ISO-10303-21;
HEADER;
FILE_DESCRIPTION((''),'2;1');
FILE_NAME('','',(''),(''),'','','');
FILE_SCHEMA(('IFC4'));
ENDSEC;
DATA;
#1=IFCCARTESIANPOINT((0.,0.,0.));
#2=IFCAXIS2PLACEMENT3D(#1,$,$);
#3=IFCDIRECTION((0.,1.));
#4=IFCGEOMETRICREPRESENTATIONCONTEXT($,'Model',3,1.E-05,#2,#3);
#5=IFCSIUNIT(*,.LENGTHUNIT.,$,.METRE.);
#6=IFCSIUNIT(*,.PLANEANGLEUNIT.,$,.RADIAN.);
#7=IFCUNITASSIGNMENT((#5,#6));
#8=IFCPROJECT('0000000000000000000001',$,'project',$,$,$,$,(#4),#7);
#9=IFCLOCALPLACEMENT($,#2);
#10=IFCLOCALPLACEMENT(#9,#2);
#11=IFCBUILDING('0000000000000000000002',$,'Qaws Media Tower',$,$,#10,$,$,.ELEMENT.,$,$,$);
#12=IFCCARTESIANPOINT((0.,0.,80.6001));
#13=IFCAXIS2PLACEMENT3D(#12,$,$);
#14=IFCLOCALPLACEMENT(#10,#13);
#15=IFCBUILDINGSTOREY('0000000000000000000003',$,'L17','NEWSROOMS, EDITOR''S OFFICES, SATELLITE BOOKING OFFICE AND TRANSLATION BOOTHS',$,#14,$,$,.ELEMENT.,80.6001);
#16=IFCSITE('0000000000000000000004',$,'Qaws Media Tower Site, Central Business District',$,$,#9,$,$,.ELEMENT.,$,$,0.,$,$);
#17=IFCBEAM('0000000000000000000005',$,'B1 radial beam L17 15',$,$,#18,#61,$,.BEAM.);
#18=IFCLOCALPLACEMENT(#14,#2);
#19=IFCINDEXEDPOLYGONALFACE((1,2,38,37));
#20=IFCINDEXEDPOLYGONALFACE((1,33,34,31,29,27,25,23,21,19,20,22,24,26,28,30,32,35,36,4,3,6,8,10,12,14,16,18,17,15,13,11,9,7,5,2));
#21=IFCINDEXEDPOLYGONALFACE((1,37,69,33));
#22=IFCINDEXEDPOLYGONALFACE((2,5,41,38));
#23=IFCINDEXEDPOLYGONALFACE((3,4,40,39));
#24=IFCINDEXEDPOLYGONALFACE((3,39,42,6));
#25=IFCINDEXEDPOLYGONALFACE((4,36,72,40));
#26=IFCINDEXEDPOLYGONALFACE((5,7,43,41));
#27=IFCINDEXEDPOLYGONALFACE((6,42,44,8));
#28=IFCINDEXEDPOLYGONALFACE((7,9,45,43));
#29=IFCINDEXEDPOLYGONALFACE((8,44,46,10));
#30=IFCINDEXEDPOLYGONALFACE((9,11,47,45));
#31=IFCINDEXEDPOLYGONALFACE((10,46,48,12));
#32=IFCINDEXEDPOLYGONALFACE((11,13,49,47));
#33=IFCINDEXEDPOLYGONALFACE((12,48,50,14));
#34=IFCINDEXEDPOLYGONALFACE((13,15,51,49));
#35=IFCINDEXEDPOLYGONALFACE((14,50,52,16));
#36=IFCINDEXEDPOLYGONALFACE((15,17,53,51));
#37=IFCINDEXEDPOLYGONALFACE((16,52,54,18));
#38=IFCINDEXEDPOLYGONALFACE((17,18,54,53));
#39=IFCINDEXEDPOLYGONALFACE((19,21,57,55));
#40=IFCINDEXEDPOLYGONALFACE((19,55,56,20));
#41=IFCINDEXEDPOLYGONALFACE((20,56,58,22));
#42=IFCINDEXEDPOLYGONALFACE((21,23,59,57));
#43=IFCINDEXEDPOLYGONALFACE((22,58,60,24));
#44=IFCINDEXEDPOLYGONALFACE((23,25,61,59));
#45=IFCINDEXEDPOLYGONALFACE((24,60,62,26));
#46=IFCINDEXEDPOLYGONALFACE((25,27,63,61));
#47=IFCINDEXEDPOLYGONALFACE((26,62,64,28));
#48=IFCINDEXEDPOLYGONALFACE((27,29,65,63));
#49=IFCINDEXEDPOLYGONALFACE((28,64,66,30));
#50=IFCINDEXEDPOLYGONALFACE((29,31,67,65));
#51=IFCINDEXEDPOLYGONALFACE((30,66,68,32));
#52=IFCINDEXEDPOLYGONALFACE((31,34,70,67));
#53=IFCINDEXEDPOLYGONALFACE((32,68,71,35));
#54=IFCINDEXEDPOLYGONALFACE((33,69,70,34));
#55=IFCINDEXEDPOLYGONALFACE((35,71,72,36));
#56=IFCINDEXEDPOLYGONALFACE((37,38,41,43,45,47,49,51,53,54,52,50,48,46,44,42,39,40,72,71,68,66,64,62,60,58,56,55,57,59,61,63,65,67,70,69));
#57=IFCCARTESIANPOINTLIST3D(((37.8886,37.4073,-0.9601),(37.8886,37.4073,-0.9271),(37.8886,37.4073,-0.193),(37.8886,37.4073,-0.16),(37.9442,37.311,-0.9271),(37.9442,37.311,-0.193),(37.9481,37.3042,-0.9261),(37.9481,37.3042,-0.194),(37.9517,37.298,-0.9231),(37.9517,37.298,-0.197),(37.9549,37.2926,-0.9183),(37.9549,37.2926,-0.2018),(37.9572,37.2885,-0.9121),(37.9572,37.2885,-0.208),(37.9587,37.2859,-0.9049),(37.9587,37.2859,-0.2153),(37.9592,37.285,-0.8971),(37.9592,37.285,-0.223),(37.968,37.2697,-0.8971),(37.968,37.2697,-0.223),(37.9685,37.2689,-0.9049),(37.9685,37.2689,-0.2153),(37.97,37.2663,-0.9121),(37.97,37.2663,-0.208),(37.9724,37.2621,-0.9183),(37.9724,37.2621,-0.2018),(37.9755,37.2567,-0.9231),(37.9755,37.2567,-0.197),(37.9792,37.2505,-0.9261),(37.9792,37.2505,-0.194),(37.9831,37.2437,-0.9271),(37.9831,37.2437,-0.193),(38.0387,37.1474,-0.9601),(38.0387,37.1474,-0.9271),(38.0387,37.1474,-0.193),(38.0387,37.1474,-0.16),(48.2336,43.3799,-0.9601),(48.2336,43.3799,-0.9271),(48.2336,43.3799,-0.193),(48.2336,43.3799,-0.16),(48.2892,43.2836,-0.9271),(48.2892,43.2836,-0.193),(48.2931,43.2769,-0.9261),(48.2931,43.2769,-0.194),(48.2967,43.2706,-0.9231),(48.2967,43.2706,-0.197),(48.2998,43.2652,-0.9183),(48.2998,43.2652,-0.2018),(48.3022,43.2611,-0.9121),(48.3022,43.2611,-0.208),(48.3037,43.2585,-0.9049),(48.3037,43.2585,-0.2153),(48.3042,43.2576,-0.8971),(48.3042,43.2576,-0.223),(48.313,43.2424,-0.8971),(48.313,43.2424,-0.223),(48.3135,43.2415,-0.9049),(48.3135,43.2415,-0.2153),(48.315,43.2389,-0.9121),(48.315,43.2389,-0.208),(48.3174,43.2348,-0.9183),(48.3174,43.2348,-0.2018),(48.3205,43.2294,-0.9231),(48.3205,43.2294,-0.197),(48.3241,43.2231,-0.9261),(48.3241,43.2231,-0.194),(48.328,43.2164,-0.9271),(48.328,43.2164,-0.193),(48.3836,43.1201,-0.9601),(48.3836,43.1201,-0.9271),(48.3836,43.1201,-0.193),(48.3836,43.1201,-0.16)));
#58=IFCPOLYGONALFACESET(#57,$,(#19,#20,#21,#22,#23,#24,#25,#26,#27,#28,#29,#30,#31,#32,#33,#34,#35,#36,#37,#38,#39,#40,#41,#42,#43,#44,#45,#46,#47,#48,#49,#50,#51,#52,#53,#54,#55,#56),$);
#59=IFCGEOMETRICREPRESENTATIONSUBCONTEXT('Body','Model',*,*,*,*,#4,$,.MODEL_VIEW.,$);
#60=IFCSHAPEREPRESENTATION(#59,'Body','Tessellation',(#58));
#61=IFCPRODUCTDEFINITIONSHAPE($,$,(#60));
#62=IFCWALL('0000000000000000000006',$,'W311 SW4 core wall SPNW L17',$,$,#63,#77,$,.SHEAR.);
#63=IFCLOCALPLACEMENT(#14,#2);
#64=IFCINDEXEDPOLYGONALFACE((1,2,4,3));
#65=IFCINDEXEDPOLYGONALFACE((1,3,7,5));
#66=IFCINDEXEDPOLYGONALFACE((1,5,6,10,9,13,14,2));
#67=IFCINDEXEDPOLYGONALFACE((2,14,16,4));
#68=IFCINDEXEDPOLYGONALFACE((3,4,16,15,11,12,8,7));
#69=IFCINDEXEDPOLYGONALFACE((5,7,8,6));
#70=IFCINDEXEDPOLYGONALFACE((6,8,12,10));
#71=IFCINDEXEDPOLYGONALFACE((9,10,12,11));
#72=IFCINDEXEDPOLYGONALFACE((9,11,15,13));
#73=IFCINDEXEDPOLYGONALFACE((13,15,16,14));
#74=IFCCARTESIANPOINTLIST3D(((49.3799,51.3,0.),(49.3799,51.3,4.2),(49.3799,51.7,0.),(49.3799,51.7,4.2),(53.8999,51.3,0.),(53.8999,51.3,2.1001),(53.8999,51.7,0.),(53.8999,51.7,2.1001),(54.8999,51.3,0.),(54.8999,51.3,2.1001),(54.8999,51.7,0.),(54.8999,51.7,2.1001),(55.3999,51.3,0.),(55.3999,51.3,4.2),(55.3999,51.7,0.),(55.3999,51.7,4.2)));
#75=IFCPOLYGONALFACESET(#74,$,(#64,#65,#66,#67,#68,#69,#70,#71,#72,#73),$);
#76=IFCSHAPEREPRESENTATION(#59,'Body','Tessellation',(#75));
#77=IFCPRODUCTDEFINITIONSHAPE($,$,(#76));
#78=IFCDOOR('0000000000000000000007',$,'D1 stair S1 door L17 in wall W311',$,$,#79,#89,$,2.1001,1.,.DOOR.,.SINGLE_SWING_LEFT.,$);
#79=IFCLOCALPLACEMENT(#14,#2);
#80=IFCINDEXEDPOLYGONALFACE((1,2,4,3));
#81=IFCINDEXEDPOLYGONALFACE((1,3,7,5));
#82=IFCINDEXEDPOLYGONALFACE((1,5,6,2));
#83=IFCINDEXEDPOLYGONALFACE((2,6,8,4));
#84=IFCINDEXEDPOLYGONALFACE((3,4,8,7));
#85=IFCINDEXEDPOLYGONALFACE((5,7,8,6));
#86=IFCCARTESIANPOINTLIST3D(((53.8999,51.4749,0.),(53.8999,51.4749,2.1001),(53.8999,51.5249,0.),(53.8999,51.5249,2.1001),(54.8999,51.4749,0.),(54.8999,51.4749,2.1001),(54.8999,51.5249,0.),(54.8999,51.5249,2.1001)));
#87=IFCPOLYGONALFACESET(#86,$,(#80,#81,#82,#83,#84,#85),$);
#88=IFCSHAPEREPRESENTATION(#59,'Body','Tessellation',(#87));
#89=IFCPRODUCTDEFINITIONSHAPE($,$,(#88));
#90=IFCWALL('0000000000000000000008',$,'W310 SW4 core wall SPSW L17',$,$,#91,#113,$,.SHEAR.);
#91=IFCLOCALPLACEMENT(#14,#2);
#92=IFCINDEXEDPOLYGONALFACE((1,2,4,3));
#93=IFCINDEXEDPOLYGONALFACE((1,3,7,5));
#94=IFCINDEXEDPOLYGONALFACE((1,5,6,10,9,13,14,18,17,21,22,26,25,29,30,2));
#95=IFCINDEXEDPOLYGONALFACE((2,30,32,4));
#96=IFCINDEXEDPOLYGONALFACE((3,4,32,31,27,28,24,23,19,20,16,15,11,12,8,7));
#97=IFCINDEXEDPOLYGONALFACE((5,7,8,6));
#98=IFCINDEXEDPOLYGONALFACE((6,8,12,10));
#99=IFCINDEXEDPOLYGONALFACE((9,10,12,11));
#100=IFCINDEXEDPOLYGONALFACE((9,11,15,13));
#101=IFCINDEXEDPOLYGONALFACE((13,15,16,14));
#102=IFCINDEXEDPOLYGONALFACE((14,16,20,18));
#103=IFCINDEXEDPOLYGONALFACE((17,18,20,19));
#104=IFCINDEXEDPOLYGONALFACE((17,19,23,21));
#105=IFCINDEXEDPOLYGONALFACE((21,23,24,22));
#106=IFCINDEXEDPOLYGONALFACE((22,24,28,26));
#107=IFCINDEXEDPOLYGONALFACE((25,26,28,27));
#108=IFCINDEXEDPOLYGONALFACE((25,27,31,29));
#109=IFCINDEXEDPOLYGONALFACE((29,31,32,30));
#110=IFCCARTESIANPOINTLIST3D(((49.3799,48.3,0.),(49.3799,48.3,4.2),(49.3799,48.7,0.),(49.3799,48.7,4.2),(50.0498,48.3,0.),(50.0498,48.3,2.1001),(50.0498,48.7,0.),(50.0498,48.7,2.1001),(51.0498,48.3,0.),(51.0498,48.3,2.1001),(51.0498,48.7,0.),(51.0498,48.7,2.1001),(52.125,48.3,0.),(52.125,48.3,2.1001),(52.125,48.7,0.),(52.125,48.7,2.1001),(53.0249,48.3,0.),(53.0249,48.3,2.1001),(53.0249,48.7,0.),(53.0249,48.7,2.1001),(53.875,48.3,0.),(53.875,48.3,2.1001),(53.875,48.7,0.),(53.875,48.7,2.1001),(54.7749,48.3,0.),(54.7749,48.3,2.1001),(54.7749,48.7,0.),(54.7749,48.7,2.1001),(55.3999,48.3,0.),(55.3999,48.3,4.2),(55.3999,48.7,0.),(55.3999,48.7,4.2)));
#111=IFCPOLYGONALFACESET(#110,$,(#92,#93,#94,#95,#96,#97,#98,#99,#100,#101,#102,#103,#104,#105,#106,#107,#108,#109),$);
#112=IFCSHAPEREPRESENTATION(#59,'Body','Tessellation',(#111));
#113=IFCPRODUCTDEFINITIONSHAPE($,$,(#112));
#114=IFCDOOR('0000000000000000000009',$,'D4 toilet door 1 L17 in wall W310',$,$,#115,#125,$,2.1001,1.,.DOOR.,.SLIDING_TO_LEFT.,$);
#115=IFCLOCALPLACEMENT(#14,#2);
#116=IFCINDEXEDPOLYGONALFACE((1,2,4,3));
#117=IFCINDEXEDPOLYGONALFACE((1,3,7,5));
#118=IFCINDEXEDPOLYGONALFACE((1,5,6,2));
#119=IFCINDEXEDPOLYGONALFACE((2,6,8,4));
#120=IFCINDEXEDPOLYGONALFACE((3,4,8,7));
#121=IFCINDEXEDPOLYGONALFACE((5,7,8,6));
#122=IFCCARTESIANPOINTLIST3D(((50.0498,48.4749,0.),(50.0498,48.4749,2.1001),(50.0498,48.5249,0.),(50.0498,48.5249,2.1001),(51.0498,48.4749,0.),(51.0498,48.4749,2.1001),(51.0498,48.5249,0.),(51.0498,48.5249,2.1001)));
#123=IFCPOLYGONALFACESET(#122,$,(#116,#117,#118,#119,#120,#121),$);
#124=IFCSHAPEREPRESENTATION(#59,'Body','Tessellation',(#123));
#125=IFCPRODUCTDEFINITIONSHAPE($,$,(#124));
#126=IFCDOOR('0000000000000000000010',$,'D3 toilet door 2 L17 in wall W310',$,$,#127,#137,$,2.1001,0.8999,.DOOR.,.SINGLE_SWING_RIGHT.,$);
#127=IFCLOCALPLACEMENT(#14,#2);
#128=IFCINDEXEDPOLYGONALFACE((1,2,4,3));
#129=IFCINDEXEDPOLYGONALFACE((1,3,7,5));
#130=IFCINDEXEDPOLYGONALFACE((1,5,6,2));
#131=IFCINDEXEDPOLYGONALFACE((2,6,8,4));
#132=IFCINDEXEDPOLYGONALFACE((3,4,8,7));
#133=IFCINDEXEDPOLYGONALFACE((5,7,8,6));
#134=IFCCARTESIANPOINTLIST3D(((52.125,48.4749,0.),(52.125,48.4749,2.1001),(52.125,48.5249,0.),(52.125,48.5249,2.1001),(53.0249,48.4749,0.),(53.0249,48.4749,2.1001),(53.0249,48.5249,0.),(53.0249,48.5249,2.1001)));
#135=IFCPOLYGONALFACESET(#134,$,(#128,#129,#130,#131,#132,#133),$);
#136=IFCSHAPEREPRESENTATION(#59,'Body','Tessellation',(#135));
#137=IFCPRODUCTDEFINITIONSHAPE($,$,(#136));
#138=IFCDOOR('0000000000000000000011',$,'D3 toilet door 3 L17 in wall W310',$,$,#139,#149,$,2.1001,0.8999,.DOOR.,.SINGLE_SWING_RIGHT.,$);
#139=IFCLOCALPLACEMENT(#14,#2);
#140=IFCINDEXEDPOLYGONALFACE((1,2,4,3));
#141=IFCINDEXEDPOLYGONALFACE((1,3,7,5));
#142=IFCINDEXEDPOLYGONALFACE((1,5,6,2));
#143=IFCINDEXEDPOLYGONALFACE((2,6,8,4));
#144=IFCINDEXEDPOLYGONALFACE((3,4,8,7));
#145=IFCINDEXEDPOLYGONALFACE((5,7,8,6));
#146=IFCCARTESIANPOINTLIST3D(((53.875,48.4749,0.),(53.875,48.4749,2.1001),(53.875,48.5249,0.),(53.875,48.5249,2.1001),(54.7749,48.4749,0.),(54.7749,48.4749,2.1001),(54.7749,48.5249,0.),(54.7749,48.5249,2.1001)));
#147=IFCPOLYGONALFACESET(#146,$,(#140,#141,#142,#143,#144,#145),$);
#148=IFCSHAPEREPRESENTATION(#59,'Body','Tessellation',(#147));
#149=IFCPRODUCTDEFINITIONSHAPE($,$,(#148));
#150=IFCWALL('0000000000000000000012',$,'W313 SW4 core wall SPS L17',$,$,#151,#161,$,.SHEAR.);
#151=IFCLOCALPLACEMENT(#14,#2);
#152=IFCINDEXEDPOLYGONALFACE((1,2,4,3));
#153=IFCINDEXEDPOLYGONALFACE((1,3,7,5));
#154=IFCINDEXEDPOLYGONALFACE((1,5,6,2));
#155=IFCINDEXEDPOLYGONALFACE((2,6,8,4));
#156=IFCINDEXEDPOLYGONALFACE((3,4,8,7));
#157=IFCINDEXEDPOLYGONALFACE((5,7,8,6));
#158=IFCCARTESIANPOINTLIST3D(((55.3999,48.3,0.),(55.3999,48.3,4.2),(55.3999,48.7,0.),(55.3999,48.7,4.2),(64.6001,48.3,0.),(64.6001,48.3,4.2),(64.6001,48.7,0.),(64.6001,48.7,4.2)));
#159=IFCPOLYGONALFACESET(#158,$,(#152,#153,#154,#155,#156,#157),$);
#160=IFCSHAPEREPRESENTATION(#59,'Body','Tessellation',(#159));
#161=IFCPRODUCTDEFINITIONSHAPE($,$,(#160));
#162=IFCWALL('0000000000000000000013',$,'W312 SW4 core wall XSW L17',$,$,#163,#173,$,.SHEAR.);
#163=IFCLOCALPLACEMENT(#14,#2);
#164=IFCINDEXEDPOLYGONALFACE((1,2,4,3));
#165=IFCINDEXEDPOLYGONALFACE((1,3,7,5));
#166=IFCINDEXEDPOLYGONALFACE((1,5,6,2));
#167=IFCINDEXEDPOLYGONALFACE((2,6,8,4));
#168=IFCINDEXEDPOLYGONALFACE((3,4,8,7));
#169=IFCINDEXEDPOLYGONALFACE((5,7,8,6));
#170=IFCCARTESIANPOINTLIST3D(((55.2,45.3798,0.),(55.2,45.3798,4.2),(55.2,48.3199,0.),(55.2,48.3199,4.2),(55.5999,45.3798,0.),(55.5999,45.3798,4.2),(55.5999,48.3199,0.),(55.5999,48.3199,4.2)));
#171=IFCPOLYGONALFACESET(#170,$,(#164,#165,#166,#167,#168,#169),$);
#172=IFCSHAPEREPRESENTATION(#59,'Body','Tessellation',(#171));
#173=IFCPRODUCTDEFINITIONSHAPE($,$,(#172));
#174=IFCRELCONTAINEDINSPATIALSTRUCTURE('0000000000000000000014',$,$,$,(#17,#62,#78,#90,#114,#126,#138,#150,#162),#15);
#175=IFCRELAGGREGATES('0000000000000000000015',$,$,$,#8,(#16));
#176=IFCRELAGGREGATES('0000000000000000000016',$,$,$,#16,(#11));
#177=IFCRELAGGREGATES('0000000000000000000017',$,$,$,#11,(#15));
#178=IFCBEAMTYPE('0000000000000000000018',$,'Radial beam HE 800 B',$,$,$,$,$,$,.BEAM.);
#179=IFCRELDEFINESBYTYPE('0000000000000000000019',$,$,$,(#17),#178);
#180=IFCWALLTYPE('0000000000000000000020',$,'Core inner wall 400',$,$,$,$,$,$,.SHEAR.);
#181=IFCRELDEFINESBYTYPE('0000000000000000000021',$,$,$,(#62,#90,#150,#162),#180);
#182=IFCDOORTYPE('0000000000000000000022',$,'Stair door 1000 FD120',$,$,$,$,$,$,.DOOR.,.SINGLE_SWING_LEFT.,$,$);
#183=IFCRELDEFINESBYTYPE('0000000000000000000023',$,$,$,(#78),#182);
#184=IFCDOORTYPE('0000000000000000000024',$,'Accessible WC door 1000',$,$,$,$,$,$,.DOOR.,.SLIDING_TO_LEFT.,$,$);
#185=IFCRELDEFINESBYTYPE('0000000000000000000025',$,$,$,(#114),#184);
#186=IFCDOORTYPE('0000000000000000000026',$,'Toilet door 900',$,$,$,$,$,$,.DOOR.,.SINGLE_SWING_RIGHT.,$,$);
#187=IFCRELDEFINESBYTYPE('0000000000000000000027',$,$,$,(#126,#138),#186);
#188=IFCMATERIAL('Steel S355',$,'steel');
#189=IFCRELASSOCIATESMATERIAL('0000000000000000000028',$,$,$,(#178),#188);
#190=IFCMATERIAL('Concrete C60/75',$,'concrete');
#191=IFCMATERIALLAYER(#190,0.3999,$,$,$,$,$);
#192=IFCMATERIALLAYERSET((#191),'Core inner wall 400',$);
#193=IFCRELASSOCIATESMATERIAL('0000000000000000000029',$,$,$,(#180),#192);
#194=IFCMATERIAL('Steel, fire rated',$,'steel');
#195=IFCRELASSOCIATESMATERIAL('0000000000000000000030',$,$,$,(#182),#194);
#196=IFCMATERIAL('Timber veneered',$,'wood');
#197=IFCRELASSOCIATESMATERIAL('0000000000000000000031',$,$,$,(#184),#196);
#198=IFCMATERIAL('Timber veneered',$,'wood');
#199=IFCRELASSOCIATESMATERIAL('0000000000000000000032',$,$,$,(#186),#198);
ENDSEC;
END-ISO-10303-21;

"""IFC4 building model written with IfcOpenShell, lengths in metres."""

from ifc_helpers import new_model, si_unit, direction, frame, frame_2d, origin, origin_2d, place, context, subcontext, project, spatial, rectangle, i_section, extrude, material, layer, layer_set, material_profile, profile_set, type_object, element, fill, save


model = new_model("IFC4")

# Units and contexts
model_context = context("Model", 3, precision=1e-05, world=origin(), true_north=direction((0.0, 1.0)))
body_context = subcontext(model_context, "Body", "Model", "MODEL_VIEW")
ifc_project = project(units=[si_unit("LENGTHUNIT", "METRE"), si_unit("PLANEANGLEUNIT", "RADIAN")], contexts=[model_context])

# Site, building, storey
site_placement = place(None, origin())
site = spatial("IfcSite", under=ifc_project, at=site_placement, Name="Qaws Media Tower Site, Central Business District", CompositionType="ELEMENT", RefElevation=0.0)
building_placement = place(site_placement, origin())
building = spatial("IfcBuilding", under=site, at=building_placement, Name="Qaws Media Tower", CompositionType="ELEMENT")
storey_placement = place(building_placement, frame((0.0, 0.0, 80.6001)))
storey = spatial("IfcBuildingStorey", under=building, at=storey_placement, Name="L17", Description="NEWSROOMS, EDITOR'S OFFICES, SATELLITE BOOKING OFFICE AND TRANSLATION BOOTHS", CompositionType="ELEMENT", Elevation=80.6001)

# Beam
ifc_material_1 = material(Name="Steel S355", Category="steel")
ifc_material_profile_1 = material_profile(ifc_material_1, i_section(OverallWidth=0.3, OverallDepth=0.8, WebThickness=0.0176, FlangeThickness=0.033, FilletRadius=0.03, at=origin_2d()), Name="HE 800 B")
ifc_profile_set_1 = profile_set([ifc_material_profile_1], Name="Steel S355")
beam_type_1 = type_object("IfcBeamType", Name="Radial beam HE 800 B", PredefinedType="BEAM", material=ifc_profile_set_1)
beam_1_placement = place(storey_placement, frame((48.3086, 43.25, -0.5601), z_axis=(-0.866026, -0.499999, 0.0), x_axis=(0.499999, -0.866026, 0.0)))
element("IfcBeam", 1, at=beam_1_placement, inside=storey, type_object=beam_type_1, Name="B1 radial beam L17 15", PredefinedType="BEAM", context=body_context, shape_type="SweptSolid", body=[
    extrude(i_section(OverallWidth=0.3, OverallDepth=0.8, WebThickness=0.0176, FlangeThickness=0.033, FilletRadius=0.03, at=origin_2d()), origin(), (0.0, 0.0, 1.0), 11.9453),
])

# Wall, opening, door
ifc_material_2 = material(Name="Concrete C60/75", Category="concrete")
ifc_layer_1 = layer(ifc_material_2, 0.3999)
ifc_layer_set_1 = layer_set([ifc_layer_1], Name="Core inner wall 400")
wall_type_1 = type_object("IfcWallType", Name="Core inner wall 400", PredefinedType="SHEAR", material=ifc_layer_set_1)
wall_1_placement = place(storey_placement, frame((49.3799, 51.5, 0.0), z_axis=(0.0, 0.0, 1.0), x_axis=(1.0, 0.0, 0.0)))
wall_1 = element("IfcWall", 2, at=wall_1_placement, inside=storey, type_object=wall_type_1, Name="W311 SW4 core wall SPNW L17", PredefinedType="SHEAR", context=body_context, shape_type="SweptSolid", body=[
    extrude(rectangle(XDim=6.02, YDim=0.3999, at=frame_2d((3.01, 0.0))), origin(), (0.0, 0.0, 1.0), 4.2),
])
opening_1_placement = place(wall_1_placement, frame((4.52, 0.0, 0.0)))
opening_1 = element("IfcOpeningElement", 3, at=opening_1_placement, cuts=wall_1, PredefinedType="OPENING", context=body_context, shape_type="SweptSolid", body=[
    extrude(rectangle(XDim=1.0, YDim=2.1001, at=frame_2d((0.5, 1.05))), frame((0.0, 0.21, 0.0), z_axis=(0.0, -1.0, 0.0), x_axis=(1.0, 0.0, 0.0)), (0.0, 0.0, 1.0), 0.4199),
])
ifc_material_3 = material(Name="Steel, fire rated", Category="steel")
door_type_1 = type_object("IfcDoorType", Name="Stair door 1000 FD120", OperationType="SINGLE_SWING_LEFT", PredefinedType="DOOR", material=ifc_material_3)
door_1_placement = place(opening_1_placement, origin())
door_1 = element("IfcDoor", 4, at=door_1_placement, inside=storey, type_object=door_type_1, Name="D1 stair S1 door L17 in wall W311", OperationType="SINGLE_SWING_LEFT", OverallHeight=2.1001, OverallWidth=1.0, PredefinedType="DOOR", context=body_context, shape_type="SweptSolid", body=[
    extrude(rectangle(XDim=1.0, YDim=2.1001, at=frame_2d((0.5, 1.05))), frame((0.0, 0.0249, 0.0), z_axis=(0.0, -1.0, 0.0), x_axis=(1.0, 0.0, 0.0)), (0.0, 0.0, 1.0), 0.05),
])
fill(opening_1, door_1)

# Wall, openings, doors
wall_2_placement = place(storey_placement, frame((49.3799, 48.5, 0.0), z_axis=(0.0, 0.0, 1.0), x_axis=(1.0, 0.0, 0.0)))
wall_2 = element("IfcWall", 5, at=wall_2_placement, inside=storey, type_object=wall_type_1, Name="W310 SW4 core wall SPSW L17", PredefinedType="SHEAR", context=body_context, shape_type="SweptSolid", body=[
    extrude(rectangle(XDim=6.02, YDim=0.3999, at=frame_2d((3.01, 0.0))), origin(), (0.0, 0.0, 1.0), 4.2),
])
opening_2_placement = place(wall_2_placement, frame((0.6699, 0.0, 0.0)))
opening_2 = element("IfcOpeningElement", 6, at=opening_2_placement, cuts=wall_2, PredefinedType="OPENING", context=body_context, shape_type="SweptSolid", body=[
    extrude(rectangle(XDim=1.0, YDim=2.1001, at=frame_2d((0.5, 1.05))), frame((0.0, 0.21, 0.0), z_axis=(0.0, -1.0, 0.0), x_axis=(1.0, 0.0, 0.0)), (0.0, 0.0, 1.0), 0.4199),
])
opening_3_placement = place(wall_2_placement, frame((2.7451, 0.0, 0.0)))
opening_3 = element("IfcOpeningElement", 7, at=opening_3_placement, cuts=wall_2, PredefinedType="OPENING", context=body_context, shape_type="SweptSolid", body=[
    extrude(rectangle(XDim=0.8999, YDim=2.1001, at=frame_2d((0.45, 1.05))), frame((0.0, 0.21, 0.0), z_axis=(0.0, -1.0, 0.0), x_axis=(1.0, 0.0, 0.0)), (0.0, 0.0, 1.0), 0.4199),
])
opening_4_placement = place(wall_2_placement, frame((4.4951, 0.0, 0.0)))
opening_4 = element("IfcOpeningElement", 8, at=opening_4_placement, cuts=wall_2, PredefinedType="OPENING", context=body_context, shape_type="SweptSolid", body=[
    extrude(rectangle(XDim=0.8999, YDim=2.1001, at=frame_2d((0.45, 1.05))), frame((0.0, 0.21, 0.0), z_axis=(0.0, -1.0, 0.0), x_axis=(1.0, 0.0, 0.0)), (0.0, 0.0, 1.0), 0.4199),
])
ifc_material_4 = material(Name="Timber veneered", Category="wood")
door_type_2 = type_object("IfcDoorType", Name="Accessible WC door 1000", OperationType="SLIDING_TO_LEFT", PredefinedType="DOOR", material=ifc_material_4)
door_2_placement = place(opening_2_placement, origin())
door_2 = element("IfcDoor", 9, at=door_2_placement, inside=storey, type_object=door_type_2, Name="D4 toilet door 1 L17 in wall W310", OperationType="SLIDING_TO_LEFT", OverallHeight=2.1001, OverallWidth=1.0, PredefinedType="DOOR", context=body_context, shape_type="SweptSolid", body=[
    extrude(rectangle(XDim=1.0, YDim=2.1001, at=frame_2d((0.5, 1.05))), frame((0.0, 0.0249, 0.0), z_axis=(0.0, -1.0, 0.0), x_axis=(1.0, 0.0, 0.0)), (0.0, 0.0, 1.0), 0.05),
])
fill(opening_2, door_2)
ifc_material_5 = material(Name="Timber veneered", Category="wood")
door_type_3 = type_object("IfcDoorType", Name="Toilet door 900", OperationType="SINGLE_SWING_RIGHT", PredefinedType="DOOR", material=ifc_material_5)
door_3_placement = place(opening_3_placement, origin())
door_3 = element("IfcDoor", 10, at=door_3_placement, inside=storey, type_object=door_type_3, Name="D3 toilet door 2 L17 in wall W310", OperationType="SINGLE_SWING_RIGHT", OverallHeight=2.1001, OverallWidth=0.8999, PredefinedType="DOOR", context=body_context, shape_type="SweptSolid", body=[
    extrude(rectangle(XDim=0.8999, YDim=2.1001, at=frame_2d((0.45, 1.05))), frame((0.0, 0.0249, 0.0), z_axis=(0.0, -1.0, 0.0), x_axis=(1.0, 0.0, 0.0)), (0.0, 0.0, 1.0), 0.05),
])
fill(opening_3, door_3)
door_4_placement = place(opening_4_placement, origin())
door_4 = element("IfcDoor", 11, at=door_4_placement, inside=storey, type_object=door_type_3, Name="D3 toilet door 3 L17 in wall W310", OperationType="SINGLE_SWING_RIGHT", OverallHeight=2.1001, OverallWidth=0.8999, PredefinedType="DOOR", context=body_context, shape_type="SweptSolid", body=[
    extrude(rectangle(XDim=0.8999, YDim=2.1001, at=frame_2d((0.45, 1.05))), frame((0.0, 0.0249, 0.0), z_axis=(0.0, -1.0, 0.0), x_axis=(1.0, 0.0, 0.0)), (0.0, 0.0, 1.0), 0.05),
])
fill(opening_4, door_4)

# Walls
wall_3_placement = place(storey_placement, frame((55.3999, 48.5, 0.0), z_axis=(0.0, 0.0, 1.0), x_axis=(1.0, 0.0, 0.0)))
element("IfcWall", 12, at=wall_3_placement, inside=storey, type_object=wall_type_1, Name="W313 SW4 core wall SPS L17", PredefinedType="SHEAR", context=body_context, shape_type="SweptSolid", body=[
    extrude(rectangle(XDim=9.2002, YDim=0.3999, at=frame_2d((4.6001, 0.0))), origin(), (0.0, 0.0, 1.0), 4.2),
])
wall_4_placement = place(storey_placement, frame((55.3999, 48.3201, 0.0), z_axis=(0.0, 0.0, 1.0), x_axis=(0.0, -1.0, 0.0)))
element("IfcWall", 13, at=wall_4_placement, inside=storey, type_object=wall_type_1, Name="W312 SW4 core wall XSW L17", PredefinedType="SHEAR", context=body_context, shape_type="SweptSolid", body=[
    extrude(rectangle(XDim=2.9402, YDim=0.3999, at=frame_2d((1.4702, 0.0))), origin(), (0.0, 0.0, 1.0), 4.2),
])

save(model, "model.ifc")
